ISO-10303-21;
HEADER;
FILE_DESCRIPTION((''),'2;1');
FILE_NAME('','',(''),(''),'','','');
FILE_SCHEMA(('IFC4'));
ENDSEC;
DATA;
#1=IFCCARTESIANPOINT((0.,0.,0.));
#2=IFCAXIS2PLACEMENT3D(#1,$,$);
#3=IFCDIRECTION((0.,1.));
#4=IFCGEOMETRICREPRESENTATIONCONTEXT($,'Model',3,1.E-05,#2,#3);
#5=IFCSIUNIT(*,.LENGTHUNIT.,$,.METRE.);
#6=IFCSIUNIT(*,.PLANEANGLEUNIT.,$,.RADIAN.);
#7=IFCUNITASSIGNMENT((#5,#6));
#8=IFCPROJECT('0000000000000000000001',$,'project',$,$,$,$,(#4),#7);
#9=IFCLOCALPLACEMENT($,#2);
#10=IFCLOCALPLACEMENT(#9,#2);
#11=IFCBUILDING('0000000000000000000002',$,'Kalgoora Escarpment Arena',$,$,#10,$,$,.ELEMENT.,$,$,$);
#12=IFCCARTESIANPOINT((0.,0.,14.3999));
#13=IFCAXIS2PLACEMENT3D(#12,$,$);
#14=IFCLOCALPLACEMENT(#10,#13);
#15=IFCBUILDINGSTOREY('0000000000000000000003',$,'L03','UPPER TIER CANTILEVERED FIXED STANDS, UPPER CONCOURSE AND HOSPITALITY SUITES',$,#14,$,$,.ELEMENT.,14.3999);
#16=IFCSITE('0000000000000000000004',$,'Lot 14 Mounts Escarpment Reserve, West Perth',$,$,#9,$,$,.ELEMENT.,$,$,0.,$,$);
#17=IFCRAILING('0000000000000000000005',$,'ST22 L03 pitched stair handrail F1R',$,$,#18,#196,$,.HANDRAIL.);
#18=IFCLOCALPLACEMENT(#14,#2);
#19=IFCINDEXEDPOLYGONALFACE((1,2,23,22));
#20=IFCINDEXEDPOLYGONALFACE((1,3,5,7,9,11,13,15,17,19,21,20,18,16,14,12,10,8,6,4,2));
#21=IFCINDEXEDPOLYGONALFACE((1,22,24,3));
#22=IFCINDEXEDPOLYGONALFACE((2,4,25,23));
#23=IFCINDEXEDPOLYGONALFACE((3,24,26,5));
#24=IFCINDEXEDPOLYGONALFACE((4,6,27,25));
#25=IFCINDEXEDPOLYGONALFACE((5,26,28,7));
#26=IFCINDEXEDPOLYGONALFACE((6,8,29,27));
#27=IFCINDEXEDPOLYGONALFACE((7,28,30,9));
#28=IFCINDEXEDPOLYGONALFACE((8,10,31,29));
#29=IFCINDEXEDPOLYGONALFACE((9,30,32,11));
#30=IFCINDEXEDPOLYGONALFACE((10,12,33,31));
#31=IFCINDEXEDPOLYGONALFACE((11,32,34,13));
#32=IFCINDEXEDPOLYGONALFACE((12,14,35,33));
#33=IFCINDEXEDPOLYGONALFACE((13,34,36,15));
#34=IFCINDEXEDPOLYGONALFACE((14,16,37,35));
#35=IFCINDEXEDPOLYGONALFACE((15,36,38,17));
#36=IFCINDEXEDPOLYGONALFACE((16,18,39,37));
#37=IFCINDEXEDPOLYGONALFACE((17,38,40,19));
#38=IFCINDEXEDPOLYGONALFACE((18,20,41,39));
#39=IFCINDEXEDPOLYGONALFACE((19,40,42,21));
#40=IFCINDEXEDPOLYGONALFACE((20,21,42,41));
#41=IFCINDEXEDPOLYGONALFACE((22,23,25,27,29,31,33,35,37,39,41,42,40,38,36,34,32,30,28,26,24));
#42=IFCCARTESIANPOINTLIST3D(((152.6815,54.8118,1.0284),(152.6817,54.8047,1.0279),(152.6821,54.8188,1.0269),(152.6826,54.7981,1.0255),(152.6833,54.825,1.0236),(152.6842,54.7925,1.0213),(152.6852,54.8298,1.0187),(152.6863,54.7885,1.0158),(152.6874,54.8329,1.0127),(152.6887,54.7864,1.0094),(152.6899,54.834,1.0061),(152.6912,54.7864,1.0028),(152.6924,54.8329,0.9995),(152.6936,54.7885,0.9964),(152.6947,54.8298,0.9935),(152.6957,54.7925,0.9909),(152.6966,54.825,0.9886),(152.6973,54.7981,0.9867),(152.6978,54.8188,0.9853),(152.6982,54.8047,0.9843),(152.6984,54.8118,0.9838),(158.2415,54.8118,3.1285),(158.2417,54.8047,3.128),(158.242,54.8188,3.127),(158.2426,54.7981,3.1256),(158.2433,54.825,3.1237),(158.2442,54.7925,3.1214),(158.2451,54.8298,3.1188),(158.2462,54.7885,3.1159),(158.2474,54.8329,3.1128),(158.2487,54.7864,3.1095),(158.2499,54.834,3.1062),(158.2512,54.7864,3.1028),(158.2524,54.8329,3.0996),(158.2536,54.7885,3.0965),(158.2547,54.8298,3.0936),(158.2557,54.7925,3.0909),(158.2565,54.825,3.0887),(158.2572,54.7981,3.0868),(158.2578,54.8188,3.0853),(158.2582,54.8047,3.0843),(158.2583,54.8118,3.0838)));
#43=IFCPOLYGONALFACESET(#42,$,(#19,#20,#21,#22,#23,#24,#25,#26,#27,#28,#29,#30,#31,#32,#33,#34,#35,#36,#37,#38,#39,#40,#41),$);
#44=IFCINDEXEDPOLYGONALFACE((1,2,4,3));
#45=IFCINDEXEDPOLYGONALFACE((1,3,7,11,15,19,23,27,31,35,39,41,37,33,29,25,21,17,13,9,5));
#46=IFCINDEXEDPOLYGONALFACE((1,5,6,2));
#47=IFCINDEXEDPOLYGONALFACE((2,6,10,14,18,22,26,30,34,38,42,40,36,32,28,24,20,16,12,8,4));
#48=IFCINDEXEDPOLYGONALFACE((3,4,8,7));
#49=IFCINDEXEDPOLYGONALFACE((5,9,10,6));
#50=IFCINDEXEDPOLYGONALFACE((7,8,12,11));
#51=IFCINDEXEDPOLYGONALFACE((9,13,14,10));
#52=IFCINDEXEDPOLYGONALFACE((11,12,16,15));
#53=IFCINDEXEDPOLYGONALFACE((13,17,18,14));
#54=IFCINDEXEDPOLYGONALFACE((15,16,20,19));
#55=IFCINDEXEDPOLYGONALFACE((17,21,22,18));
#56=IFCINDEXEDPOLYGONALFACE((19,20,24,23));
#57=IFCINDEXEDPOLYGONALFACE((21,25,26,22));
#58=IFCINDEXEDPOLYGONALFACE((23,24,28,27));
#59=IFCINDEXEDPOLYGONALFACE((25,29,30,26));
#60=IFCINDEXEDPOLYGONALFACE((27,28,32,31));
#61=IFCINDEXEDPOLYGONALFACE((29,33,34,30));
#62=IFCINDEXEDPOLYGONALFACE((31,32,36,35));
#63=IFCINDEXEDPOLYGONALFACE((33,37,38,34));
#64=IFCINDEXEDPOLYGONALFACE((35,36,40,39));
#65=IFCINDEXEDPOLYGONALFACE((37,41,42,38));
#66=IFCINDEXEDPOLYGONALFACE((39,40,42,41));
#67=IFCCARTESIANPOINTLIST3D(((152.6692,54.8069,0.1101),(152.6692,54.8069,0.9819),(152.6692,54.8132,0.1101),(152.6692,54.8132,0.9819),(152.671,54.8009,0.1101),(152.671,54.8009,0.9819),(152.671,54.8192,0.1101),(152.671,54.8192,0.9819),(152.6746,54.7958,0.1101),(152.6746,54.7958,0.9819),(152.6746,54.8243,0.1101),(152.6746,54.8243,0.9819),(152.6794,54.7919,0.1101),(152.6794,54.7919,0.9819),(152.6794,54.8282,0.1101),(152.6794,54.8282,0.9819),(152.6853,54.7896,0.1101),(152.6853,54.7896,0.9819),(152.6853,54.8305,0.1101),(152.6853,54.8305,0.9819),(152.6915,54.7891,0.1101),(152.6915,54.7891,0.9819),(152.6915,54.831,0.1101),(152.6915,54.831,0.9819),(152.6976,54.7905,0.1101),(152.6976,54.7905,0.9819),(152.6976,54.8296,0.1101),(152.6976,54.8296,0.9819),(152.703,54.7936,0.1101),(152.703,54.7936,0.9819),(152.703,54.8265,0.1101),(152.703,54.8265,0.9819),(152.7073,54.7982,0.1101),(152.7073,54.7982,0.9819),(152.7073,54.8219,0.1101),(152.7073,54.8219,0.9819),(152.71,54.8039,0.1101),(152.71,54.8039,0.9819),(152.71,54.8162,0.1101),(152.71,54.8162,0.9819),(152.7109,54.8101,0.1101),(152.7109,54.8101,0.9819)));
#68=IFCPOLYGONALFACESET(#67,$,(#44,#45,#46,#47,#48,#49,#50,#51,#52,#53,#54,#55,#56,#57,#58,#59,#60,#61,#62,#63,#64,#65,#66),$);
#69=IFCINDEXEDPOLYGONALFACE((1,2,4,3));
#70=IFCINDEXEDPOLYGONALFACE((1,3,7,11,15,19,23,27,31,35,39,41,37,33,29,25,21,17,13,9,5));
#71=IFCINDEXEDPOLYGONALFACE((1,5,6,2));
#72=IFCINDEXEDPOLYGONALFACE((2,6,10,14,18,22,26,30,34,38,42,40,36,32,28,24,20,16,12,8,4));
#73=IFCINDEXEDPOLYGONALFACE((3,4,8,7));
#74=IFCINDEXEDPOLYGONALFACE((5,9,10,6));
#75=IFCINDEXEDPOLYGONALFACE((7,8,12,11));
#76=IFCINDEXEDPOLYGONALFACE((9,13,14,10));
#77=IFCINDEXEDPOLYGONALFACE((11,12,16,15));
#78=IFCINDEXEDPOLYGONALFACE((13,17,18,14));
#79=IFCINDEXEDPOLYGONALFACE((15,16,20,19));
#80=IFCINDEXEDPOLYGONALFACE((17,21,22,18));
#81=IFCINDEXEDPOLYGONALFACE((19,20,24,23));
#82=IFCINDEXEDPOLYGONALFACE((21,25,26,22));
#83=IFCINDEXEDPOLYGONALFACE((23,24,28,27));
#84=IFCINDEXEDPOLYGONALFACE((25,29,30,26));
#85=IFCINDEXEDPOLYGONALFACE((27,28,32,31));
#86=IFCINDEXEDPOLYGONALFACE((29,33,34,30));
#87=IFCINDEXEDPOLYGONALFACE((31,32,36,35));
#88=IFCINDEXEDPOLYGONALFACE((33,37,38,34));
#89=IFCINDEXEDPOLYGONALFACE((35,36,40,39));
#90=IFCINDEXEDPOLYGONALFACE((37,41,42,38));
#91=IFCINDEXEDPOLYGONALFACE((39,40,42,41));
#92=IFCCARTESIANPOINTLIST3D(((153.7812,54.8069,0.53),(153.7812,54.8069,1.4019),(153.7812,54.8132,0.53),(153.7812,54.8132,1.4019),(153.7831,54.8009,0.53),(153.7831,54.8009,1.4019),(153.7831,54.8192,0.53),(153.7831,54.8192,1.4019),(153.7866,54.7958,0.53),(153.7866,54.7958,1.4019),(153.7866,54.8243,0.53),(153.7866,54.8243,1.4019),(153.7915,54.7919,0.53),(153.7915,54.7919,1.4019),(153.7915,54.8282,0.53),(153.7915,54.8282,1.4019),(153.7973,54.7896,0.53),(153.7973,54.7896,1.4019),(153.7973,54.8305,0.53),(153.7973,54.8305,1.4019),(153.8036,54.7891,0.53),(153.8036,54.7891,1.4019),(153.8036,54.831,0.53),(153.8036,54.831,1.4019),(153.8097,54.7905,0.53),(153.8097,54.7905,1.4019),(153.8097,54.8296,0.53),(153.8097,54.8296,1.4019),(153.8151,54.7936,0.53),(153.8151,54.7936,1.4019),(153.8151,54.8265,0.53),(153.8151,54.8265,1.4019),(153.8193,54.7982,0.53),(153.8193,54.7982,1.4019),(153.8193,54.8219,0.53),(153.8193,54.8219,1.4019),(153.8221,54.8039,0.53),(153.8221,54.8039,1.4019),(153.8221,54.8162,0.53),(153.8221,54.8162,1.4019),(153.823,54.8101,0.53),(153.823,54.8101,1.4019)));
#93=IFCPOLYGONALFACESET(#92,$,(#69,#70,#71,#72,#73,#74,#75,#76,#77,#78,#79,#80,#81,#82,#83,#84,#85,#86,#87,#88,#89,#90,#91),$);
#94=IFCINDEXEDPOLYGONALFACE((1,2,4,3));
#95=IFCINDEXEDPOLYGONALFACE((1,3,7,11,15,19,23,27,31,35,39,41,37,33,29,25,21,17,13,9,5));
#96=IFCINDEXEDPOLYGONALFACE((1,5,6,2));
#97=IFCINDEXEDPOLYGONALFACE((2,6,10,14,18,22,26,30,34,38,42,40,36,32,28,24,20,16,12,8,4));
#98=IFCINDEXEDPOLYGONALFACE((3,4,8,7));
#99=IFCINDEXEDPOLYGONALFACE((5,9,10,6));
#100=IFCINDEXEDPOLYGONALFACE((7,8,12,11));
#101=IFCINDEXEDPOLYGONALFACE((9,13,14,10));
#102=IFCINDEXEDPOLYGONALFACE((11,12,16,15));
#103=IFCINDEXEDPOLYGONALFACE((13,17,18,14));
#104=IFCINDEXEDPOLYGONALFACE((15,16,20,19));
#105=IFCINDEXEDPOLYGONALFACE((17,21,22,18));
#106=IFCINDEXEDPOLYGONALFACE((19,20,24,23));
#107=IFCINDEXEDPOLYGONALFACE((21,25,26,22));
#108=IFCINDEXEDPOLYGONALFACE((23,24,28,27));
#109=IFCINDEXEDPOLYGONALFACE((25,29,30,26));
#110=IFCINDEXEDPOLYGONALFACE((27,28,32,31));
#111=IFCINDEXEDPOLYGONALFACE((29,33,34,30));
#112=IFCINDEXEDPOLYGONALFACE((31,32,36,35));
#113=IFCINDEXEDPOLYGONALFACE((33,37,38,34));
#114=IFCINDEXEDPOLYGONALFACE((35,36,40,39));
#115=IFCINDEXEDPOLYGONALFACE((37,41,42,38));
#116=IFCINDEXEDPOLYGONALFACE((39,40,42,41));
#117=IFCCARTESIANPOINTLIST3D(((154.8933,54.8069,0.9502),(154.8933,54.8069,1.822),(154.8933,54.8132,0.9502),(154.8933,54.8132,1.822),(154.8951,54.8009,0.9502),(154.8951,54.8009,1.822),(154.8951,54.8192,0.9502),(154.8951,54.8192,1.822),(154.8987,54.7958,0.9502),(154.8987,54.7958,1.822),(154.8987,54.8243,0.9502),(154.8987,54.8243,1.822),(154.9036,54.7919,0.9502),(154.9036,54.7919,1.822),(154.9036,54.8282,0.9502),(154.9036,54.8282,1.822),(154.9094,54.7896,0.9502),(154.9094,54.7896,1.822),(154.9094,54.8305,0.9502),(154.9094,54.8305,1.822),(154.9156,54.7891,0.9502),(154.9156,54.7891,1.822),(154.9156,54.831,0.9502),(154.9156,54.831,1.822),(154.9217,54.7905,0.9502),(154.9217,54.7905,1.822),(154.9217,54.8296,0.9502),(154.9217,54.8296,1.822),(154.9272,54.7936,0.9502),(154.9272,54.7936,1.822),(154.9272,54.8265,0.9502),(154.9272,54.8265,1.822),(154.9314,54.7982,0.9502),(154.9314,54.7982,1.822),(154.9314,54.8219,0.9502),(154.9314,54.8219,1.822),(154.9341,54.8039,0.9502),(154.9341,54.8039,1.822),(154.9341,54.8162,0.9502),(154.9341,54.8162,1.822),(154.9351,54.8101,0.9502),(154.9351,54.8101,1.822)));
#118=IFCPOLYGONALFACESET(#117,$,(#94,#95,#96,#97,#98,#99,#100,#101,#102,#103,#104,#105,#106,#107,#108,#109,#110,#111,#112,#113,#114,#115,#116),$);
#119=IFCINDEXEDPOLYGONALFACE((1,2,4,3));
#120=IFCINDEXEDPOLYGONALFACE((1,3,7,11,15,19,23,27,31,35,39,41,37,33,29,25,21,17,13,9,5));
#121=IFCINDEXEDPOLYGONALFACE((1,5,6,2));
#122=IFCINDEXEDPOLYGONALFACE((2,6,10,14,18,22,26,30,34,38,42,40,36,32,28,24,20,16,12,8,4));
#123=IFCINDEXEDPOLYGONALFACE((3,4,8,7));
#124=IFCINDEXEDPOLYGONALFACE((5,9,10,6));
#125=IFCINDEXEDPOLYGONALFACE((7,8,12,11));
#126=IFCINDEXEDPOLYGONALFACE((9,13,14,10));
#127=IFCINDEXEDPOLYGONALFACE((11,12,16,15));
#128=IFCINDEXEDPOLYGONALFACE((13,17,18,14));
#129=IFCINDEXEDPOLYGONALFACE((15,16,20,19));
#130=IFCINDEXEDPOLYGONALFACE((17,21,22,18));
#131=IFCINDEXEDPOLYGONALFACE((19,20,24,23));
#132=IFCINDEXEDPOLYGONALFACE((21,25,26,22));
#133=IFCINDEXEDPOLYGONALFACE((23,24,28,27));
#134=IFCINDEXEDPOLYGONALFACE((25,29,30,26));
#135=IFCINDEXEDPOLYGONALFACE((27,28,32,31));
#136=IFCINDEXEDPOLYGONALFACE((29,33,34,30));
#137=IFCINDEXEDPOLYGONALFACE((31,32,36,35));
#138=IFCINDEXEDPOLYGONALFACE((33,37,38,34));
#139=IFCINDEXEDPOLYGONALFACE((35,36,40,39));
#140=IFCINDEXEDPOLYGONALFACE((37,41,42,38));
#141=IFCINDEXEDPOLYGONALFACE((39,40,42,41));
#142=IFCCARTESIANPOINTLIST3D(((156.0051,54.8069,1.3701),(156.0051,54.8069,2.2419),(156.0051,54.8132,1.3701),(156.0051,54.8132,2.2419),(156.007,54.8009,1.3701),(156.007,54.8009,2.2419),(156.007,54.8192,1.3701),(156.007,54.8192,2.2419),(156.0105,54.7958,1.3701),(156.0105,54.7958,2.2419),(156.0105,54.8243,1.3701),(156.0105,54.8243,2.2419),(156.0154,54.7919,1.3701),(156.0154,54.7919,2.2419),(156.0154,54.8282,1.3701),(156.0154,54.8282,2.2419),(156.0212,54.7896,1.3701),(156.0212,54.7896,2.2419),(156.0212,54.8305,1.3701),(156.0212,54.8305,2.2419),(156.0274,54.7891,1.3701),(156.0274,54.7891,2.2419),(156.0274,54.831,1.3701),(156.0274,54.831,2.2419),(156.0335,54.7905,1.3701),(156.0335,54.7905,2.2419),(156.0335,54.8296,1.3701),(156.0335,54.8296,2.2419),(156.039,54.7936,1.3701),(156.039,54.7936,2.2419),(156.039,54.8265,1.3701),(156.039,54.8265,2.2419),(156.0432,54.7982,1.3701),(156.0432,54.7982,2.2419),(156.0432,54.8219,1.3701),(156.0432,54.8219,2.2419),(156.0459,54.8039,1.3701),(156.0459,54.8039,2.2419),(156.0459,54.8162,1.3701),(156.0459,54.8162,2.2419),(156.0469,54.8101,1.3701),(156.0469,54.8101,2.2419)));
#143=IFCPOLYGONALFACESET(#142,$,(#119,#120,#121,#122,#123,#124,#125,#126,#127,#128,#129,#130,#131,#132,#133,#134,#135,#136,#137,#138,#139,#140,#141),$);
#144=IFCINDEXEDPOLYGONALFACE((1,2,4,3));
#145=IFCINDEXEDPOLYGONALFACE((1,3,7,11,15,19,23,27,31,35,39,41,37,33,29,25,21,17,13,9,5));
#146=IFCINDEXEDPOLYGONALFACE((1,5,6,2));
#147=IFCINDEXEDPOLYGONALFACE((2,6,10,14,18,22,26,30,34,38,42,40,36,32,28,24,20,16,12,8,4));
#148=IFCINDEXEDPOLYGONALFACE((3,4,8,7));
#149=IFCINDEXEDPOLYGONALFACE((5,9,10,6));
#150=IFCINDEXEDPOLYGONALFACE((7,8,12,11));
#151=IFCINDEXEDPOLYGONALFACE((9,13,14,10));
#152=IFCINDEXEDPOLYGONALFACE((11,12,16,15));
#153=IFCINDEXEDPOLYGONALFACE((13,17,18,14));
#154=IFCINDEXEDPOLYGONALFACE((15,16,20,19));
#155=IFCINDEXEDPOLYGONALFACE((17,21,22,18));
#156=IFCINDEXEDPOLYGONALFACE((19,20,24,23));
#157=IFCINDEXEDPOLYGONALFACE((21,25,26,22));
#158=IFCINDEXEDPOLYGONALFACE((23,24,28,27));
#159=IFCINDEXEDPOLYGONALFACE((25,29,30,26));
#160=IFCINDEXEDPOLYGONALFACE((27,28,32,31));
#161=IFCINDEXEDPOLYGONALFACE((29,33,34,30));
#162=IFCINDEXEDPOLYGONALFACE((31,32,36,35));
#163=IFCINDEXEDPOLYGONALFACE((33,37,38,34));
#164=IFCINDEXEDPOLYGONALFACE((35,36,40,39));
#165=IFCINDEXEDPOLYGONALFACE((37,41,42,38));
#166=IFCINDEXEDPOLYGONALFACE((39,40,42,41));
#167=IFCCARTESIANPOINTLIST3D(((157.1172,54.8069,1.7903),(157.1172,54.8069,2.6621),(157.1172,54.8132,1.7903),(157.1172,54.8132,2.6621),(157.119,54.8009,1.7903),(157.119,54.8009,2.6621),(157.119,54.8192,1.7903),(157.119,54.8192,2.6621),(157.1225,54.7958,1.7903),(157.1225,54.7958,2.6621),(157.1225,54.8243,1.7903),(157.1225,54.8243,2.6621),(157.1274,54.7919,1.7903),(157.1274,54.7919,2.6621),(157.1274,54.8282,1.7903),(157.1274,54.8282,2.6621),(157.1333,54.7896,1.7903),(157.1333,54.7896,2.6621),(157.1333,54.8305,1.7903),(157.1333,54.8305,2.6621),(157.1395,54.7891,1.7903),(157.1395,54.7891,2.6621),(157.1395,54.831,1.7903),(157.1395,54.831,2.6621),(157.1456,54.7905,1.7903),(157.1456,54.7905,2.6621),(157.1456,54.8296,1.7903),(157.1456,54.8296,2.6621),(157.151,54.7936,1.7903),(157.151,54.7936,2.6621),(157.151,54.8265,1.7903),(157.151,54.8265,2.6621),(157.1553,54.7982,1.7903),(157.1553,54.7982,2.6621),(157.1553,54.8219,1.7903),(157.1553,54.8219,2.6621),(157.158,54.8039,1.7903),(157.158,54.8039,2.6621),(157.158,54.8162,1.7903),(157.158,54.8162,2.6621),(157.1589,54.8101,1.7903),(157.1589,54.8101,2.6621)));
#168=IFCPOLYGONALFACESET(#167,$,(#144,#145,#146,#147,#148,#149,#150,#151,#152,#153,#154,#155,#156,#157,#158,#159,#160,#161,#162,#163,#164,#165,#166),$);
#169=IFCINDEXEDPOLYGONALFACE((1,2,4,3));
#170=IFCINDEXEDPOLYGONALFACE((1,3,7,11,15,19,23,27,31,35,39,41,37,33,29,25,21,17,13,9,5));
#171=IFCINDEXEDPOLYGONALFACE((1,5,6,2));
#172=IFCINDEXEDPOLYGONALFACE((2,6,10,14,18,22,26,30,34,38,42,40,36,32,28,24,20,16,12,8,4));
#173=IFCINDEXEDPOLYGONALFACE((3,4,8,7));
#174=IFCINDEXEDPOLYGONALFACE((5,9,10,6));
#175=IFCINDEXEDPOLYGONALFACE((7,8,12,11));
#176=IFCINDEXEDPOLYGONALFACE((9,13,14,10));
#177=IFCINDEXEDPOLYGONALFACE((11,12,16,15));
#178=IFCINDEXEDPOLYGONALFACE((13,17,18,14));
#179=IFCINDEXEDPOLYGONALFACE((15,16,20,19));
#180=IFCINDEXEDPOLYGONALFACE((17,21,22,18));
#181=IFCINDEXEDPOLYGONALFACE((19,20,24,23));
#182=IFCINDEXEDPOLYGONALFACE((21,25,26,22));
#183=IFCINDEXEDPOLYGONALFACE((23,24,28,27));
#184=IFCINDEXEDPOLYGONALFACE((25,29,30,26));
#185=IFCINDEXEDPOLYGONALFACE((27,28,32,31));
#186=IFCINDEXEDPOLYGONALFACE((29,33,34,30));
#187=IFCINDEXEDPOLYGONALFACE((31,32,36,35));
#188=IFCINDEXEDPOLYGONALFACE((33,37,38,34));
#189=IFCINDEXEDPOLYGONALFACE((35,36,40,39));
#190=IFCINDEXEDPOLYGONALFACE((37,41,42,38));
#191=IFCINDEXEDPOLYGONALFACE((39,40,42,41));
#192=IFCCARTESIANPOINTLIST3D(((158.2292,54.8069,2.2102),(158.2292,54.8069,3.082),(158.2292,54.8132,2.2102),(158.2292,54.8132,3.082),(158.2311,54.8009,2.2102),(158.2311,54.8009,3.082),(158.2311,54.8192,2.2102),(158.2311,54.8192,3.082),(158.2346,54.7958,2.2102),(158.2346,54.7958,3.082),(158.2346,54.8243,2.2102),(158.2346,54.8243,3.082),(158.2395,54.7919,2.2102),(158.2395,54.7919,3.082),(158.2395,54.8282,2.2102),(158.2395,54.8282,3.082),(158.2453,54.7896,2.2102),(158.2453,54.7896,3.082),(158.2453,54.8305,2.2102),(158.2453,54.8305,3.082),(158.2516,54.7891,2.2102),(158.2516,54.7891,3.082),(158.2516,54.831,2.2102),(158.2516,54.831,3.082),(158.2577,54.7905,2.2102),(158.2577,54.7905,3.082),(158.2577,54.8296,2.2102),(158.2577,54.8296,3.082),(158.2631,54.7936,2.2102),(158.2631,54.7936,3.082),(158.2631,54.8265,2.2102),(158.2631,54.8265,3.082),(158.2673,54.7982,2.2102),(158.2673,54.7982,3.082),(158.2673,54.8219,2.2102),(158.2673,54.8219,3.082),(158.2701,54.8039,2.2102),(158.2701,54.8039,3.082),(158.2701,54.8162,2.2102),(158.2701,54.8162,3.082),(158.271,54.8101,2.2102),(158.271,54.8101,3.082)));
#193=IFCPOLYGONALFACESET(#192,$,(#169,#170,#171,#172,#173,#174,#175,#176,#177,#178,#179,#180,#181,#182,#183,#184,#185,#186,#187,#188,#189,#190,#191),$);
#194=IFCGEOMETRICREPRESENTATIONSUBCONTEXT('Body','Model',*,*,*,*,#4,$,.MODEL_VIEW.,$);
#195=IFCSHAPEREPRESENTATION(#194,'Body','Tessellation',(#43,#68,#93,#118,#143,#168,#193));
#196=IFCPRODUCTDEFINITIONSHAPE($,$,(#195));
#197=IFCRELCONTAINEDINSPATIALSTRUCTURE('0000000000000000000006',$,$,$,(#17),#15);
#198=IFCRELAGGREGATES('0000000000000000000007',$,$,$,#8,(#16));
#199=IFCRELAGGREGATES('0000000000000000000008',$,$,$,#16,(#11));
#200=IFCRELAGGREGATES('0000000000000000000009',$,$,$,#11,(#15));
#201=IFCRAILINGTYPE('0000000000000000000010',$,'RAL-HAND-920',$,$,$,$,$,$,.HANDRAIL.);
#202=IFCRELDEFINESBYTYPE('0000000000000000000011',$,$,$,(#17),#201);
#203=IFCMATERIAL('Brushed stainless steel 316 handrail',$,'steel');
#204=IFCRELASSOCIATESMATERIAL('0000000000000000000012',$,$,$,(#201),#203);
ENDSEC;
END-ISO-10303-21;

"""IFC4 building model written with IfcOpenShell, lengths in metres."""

from ifc_helpers import new_model, si_unit, direction, frame, origin, origin_2d, place, context, subcontext, project, spatial, circle, extrude, material, type_object, element, save


model = new_model("IFC4")

# Units and contexts
model_context = context("Model", 3, precision=1e-05, world=origin(), true_north=direction((0.0, 1.0)))
body_context = subcontext(model_context, "Body", "Model", "MODEL_VIEW")
ifc_project = project(units=[si_unit("LENGTHUNIT", "METRE"), si_unit("PLANEANGLEUNIT", "RADIAN")], contexts=[model_context])

# Site, building, storey
site_placement = place(None, origin())
site = spatial("IfcSite", under=ifc_project, at=site_placement, Name="Lot 14 Mounts Escarpment Reserve, West Perth", CompositionType="ELEMENT", RefElevation=0.0)
building_placement = place(site_placement, origin())
building = spatial("IfcBuilding", under=site, at=building_placement, Name="Kalgoora Escarpment Arena", CompositionType="ELEMENT")
storey_placement = place(building_placement, frame((0.0, 0.0, 14.3999)))
storey = spatial("IfcBuildingStorey", under=building, at=storey_placement, Name="L03", Description="UPPER TIER CANTILEVERED FIXED STANDS, UPPER CONCOURSE AND HOSPITALITY SUITES", CompositionType="ELEMENT", Elevation=14.3999)

# Railing
ifc_material_1 = material(Name="Brushed stainless steel 316 handrail", Category="steel")
railing_type_1 = type_object("IfcRailingType", Name="RAL-HAND-920", PredefinedType="HANDRAIL", material=ifc_material_1)
for number, where, name in (
    (1, (152.6899, 54.8101, 0.1101), "ST22 L03 pitched stair handrail F1R"),
):
    element("IfcRailing", number, at=place(storey_placement, frame(where)), inside=storey, type_object=railing_type_1, Name=name, PredefinedType="HANDRAIL", context=body_context, shape_type="SweptSolid", body=[
        extrude(circle(Radius=0.0239, at=origin_2d()), frame((0.0, 0.0, 0.896), z_axis=(0.935493, 0.0, 0.353346), x_axis=(0.0, 1.0, 0.0)), (0.0, 0.0, 1.0), 5.9434),
        extrude(circle(Radius=0.021, at=origin_2d()), origin(), (0.0, 0.0, 1.0), 0.8718),
        extrude(circle(Radius=0.021, at=origin_2d()), frame((1.1121, 0.0, 0.4199)), (0.0, 0.0, 1.0), 0.8718),
        extrude(circle(Radius=0.021, at=origin_2d()), frame((2.2241, 0.0, 0.8401)), (0.0, 0.0, 1.0), 0.8718),
        extrude(circle(Radius=0.021, at=origin_2d()), frame((3.3359, 0.0, 1.26)), (0.0, 0.0, 1.0), 0.8718),
        extrude(circle(Radius=0.021, at=origin_2d()), frame((4.448, 0.0, 1.6802)), (0.0, 0.0, 1.0), 0.8718),
        extrude(circle(Radius=0.021, at=origin_2d()), frame((5.5601, 0.0, 2.1001)), (0.0, 0.0, 1.0), 0.8718),
    ])

save(model, "model.ifc")
